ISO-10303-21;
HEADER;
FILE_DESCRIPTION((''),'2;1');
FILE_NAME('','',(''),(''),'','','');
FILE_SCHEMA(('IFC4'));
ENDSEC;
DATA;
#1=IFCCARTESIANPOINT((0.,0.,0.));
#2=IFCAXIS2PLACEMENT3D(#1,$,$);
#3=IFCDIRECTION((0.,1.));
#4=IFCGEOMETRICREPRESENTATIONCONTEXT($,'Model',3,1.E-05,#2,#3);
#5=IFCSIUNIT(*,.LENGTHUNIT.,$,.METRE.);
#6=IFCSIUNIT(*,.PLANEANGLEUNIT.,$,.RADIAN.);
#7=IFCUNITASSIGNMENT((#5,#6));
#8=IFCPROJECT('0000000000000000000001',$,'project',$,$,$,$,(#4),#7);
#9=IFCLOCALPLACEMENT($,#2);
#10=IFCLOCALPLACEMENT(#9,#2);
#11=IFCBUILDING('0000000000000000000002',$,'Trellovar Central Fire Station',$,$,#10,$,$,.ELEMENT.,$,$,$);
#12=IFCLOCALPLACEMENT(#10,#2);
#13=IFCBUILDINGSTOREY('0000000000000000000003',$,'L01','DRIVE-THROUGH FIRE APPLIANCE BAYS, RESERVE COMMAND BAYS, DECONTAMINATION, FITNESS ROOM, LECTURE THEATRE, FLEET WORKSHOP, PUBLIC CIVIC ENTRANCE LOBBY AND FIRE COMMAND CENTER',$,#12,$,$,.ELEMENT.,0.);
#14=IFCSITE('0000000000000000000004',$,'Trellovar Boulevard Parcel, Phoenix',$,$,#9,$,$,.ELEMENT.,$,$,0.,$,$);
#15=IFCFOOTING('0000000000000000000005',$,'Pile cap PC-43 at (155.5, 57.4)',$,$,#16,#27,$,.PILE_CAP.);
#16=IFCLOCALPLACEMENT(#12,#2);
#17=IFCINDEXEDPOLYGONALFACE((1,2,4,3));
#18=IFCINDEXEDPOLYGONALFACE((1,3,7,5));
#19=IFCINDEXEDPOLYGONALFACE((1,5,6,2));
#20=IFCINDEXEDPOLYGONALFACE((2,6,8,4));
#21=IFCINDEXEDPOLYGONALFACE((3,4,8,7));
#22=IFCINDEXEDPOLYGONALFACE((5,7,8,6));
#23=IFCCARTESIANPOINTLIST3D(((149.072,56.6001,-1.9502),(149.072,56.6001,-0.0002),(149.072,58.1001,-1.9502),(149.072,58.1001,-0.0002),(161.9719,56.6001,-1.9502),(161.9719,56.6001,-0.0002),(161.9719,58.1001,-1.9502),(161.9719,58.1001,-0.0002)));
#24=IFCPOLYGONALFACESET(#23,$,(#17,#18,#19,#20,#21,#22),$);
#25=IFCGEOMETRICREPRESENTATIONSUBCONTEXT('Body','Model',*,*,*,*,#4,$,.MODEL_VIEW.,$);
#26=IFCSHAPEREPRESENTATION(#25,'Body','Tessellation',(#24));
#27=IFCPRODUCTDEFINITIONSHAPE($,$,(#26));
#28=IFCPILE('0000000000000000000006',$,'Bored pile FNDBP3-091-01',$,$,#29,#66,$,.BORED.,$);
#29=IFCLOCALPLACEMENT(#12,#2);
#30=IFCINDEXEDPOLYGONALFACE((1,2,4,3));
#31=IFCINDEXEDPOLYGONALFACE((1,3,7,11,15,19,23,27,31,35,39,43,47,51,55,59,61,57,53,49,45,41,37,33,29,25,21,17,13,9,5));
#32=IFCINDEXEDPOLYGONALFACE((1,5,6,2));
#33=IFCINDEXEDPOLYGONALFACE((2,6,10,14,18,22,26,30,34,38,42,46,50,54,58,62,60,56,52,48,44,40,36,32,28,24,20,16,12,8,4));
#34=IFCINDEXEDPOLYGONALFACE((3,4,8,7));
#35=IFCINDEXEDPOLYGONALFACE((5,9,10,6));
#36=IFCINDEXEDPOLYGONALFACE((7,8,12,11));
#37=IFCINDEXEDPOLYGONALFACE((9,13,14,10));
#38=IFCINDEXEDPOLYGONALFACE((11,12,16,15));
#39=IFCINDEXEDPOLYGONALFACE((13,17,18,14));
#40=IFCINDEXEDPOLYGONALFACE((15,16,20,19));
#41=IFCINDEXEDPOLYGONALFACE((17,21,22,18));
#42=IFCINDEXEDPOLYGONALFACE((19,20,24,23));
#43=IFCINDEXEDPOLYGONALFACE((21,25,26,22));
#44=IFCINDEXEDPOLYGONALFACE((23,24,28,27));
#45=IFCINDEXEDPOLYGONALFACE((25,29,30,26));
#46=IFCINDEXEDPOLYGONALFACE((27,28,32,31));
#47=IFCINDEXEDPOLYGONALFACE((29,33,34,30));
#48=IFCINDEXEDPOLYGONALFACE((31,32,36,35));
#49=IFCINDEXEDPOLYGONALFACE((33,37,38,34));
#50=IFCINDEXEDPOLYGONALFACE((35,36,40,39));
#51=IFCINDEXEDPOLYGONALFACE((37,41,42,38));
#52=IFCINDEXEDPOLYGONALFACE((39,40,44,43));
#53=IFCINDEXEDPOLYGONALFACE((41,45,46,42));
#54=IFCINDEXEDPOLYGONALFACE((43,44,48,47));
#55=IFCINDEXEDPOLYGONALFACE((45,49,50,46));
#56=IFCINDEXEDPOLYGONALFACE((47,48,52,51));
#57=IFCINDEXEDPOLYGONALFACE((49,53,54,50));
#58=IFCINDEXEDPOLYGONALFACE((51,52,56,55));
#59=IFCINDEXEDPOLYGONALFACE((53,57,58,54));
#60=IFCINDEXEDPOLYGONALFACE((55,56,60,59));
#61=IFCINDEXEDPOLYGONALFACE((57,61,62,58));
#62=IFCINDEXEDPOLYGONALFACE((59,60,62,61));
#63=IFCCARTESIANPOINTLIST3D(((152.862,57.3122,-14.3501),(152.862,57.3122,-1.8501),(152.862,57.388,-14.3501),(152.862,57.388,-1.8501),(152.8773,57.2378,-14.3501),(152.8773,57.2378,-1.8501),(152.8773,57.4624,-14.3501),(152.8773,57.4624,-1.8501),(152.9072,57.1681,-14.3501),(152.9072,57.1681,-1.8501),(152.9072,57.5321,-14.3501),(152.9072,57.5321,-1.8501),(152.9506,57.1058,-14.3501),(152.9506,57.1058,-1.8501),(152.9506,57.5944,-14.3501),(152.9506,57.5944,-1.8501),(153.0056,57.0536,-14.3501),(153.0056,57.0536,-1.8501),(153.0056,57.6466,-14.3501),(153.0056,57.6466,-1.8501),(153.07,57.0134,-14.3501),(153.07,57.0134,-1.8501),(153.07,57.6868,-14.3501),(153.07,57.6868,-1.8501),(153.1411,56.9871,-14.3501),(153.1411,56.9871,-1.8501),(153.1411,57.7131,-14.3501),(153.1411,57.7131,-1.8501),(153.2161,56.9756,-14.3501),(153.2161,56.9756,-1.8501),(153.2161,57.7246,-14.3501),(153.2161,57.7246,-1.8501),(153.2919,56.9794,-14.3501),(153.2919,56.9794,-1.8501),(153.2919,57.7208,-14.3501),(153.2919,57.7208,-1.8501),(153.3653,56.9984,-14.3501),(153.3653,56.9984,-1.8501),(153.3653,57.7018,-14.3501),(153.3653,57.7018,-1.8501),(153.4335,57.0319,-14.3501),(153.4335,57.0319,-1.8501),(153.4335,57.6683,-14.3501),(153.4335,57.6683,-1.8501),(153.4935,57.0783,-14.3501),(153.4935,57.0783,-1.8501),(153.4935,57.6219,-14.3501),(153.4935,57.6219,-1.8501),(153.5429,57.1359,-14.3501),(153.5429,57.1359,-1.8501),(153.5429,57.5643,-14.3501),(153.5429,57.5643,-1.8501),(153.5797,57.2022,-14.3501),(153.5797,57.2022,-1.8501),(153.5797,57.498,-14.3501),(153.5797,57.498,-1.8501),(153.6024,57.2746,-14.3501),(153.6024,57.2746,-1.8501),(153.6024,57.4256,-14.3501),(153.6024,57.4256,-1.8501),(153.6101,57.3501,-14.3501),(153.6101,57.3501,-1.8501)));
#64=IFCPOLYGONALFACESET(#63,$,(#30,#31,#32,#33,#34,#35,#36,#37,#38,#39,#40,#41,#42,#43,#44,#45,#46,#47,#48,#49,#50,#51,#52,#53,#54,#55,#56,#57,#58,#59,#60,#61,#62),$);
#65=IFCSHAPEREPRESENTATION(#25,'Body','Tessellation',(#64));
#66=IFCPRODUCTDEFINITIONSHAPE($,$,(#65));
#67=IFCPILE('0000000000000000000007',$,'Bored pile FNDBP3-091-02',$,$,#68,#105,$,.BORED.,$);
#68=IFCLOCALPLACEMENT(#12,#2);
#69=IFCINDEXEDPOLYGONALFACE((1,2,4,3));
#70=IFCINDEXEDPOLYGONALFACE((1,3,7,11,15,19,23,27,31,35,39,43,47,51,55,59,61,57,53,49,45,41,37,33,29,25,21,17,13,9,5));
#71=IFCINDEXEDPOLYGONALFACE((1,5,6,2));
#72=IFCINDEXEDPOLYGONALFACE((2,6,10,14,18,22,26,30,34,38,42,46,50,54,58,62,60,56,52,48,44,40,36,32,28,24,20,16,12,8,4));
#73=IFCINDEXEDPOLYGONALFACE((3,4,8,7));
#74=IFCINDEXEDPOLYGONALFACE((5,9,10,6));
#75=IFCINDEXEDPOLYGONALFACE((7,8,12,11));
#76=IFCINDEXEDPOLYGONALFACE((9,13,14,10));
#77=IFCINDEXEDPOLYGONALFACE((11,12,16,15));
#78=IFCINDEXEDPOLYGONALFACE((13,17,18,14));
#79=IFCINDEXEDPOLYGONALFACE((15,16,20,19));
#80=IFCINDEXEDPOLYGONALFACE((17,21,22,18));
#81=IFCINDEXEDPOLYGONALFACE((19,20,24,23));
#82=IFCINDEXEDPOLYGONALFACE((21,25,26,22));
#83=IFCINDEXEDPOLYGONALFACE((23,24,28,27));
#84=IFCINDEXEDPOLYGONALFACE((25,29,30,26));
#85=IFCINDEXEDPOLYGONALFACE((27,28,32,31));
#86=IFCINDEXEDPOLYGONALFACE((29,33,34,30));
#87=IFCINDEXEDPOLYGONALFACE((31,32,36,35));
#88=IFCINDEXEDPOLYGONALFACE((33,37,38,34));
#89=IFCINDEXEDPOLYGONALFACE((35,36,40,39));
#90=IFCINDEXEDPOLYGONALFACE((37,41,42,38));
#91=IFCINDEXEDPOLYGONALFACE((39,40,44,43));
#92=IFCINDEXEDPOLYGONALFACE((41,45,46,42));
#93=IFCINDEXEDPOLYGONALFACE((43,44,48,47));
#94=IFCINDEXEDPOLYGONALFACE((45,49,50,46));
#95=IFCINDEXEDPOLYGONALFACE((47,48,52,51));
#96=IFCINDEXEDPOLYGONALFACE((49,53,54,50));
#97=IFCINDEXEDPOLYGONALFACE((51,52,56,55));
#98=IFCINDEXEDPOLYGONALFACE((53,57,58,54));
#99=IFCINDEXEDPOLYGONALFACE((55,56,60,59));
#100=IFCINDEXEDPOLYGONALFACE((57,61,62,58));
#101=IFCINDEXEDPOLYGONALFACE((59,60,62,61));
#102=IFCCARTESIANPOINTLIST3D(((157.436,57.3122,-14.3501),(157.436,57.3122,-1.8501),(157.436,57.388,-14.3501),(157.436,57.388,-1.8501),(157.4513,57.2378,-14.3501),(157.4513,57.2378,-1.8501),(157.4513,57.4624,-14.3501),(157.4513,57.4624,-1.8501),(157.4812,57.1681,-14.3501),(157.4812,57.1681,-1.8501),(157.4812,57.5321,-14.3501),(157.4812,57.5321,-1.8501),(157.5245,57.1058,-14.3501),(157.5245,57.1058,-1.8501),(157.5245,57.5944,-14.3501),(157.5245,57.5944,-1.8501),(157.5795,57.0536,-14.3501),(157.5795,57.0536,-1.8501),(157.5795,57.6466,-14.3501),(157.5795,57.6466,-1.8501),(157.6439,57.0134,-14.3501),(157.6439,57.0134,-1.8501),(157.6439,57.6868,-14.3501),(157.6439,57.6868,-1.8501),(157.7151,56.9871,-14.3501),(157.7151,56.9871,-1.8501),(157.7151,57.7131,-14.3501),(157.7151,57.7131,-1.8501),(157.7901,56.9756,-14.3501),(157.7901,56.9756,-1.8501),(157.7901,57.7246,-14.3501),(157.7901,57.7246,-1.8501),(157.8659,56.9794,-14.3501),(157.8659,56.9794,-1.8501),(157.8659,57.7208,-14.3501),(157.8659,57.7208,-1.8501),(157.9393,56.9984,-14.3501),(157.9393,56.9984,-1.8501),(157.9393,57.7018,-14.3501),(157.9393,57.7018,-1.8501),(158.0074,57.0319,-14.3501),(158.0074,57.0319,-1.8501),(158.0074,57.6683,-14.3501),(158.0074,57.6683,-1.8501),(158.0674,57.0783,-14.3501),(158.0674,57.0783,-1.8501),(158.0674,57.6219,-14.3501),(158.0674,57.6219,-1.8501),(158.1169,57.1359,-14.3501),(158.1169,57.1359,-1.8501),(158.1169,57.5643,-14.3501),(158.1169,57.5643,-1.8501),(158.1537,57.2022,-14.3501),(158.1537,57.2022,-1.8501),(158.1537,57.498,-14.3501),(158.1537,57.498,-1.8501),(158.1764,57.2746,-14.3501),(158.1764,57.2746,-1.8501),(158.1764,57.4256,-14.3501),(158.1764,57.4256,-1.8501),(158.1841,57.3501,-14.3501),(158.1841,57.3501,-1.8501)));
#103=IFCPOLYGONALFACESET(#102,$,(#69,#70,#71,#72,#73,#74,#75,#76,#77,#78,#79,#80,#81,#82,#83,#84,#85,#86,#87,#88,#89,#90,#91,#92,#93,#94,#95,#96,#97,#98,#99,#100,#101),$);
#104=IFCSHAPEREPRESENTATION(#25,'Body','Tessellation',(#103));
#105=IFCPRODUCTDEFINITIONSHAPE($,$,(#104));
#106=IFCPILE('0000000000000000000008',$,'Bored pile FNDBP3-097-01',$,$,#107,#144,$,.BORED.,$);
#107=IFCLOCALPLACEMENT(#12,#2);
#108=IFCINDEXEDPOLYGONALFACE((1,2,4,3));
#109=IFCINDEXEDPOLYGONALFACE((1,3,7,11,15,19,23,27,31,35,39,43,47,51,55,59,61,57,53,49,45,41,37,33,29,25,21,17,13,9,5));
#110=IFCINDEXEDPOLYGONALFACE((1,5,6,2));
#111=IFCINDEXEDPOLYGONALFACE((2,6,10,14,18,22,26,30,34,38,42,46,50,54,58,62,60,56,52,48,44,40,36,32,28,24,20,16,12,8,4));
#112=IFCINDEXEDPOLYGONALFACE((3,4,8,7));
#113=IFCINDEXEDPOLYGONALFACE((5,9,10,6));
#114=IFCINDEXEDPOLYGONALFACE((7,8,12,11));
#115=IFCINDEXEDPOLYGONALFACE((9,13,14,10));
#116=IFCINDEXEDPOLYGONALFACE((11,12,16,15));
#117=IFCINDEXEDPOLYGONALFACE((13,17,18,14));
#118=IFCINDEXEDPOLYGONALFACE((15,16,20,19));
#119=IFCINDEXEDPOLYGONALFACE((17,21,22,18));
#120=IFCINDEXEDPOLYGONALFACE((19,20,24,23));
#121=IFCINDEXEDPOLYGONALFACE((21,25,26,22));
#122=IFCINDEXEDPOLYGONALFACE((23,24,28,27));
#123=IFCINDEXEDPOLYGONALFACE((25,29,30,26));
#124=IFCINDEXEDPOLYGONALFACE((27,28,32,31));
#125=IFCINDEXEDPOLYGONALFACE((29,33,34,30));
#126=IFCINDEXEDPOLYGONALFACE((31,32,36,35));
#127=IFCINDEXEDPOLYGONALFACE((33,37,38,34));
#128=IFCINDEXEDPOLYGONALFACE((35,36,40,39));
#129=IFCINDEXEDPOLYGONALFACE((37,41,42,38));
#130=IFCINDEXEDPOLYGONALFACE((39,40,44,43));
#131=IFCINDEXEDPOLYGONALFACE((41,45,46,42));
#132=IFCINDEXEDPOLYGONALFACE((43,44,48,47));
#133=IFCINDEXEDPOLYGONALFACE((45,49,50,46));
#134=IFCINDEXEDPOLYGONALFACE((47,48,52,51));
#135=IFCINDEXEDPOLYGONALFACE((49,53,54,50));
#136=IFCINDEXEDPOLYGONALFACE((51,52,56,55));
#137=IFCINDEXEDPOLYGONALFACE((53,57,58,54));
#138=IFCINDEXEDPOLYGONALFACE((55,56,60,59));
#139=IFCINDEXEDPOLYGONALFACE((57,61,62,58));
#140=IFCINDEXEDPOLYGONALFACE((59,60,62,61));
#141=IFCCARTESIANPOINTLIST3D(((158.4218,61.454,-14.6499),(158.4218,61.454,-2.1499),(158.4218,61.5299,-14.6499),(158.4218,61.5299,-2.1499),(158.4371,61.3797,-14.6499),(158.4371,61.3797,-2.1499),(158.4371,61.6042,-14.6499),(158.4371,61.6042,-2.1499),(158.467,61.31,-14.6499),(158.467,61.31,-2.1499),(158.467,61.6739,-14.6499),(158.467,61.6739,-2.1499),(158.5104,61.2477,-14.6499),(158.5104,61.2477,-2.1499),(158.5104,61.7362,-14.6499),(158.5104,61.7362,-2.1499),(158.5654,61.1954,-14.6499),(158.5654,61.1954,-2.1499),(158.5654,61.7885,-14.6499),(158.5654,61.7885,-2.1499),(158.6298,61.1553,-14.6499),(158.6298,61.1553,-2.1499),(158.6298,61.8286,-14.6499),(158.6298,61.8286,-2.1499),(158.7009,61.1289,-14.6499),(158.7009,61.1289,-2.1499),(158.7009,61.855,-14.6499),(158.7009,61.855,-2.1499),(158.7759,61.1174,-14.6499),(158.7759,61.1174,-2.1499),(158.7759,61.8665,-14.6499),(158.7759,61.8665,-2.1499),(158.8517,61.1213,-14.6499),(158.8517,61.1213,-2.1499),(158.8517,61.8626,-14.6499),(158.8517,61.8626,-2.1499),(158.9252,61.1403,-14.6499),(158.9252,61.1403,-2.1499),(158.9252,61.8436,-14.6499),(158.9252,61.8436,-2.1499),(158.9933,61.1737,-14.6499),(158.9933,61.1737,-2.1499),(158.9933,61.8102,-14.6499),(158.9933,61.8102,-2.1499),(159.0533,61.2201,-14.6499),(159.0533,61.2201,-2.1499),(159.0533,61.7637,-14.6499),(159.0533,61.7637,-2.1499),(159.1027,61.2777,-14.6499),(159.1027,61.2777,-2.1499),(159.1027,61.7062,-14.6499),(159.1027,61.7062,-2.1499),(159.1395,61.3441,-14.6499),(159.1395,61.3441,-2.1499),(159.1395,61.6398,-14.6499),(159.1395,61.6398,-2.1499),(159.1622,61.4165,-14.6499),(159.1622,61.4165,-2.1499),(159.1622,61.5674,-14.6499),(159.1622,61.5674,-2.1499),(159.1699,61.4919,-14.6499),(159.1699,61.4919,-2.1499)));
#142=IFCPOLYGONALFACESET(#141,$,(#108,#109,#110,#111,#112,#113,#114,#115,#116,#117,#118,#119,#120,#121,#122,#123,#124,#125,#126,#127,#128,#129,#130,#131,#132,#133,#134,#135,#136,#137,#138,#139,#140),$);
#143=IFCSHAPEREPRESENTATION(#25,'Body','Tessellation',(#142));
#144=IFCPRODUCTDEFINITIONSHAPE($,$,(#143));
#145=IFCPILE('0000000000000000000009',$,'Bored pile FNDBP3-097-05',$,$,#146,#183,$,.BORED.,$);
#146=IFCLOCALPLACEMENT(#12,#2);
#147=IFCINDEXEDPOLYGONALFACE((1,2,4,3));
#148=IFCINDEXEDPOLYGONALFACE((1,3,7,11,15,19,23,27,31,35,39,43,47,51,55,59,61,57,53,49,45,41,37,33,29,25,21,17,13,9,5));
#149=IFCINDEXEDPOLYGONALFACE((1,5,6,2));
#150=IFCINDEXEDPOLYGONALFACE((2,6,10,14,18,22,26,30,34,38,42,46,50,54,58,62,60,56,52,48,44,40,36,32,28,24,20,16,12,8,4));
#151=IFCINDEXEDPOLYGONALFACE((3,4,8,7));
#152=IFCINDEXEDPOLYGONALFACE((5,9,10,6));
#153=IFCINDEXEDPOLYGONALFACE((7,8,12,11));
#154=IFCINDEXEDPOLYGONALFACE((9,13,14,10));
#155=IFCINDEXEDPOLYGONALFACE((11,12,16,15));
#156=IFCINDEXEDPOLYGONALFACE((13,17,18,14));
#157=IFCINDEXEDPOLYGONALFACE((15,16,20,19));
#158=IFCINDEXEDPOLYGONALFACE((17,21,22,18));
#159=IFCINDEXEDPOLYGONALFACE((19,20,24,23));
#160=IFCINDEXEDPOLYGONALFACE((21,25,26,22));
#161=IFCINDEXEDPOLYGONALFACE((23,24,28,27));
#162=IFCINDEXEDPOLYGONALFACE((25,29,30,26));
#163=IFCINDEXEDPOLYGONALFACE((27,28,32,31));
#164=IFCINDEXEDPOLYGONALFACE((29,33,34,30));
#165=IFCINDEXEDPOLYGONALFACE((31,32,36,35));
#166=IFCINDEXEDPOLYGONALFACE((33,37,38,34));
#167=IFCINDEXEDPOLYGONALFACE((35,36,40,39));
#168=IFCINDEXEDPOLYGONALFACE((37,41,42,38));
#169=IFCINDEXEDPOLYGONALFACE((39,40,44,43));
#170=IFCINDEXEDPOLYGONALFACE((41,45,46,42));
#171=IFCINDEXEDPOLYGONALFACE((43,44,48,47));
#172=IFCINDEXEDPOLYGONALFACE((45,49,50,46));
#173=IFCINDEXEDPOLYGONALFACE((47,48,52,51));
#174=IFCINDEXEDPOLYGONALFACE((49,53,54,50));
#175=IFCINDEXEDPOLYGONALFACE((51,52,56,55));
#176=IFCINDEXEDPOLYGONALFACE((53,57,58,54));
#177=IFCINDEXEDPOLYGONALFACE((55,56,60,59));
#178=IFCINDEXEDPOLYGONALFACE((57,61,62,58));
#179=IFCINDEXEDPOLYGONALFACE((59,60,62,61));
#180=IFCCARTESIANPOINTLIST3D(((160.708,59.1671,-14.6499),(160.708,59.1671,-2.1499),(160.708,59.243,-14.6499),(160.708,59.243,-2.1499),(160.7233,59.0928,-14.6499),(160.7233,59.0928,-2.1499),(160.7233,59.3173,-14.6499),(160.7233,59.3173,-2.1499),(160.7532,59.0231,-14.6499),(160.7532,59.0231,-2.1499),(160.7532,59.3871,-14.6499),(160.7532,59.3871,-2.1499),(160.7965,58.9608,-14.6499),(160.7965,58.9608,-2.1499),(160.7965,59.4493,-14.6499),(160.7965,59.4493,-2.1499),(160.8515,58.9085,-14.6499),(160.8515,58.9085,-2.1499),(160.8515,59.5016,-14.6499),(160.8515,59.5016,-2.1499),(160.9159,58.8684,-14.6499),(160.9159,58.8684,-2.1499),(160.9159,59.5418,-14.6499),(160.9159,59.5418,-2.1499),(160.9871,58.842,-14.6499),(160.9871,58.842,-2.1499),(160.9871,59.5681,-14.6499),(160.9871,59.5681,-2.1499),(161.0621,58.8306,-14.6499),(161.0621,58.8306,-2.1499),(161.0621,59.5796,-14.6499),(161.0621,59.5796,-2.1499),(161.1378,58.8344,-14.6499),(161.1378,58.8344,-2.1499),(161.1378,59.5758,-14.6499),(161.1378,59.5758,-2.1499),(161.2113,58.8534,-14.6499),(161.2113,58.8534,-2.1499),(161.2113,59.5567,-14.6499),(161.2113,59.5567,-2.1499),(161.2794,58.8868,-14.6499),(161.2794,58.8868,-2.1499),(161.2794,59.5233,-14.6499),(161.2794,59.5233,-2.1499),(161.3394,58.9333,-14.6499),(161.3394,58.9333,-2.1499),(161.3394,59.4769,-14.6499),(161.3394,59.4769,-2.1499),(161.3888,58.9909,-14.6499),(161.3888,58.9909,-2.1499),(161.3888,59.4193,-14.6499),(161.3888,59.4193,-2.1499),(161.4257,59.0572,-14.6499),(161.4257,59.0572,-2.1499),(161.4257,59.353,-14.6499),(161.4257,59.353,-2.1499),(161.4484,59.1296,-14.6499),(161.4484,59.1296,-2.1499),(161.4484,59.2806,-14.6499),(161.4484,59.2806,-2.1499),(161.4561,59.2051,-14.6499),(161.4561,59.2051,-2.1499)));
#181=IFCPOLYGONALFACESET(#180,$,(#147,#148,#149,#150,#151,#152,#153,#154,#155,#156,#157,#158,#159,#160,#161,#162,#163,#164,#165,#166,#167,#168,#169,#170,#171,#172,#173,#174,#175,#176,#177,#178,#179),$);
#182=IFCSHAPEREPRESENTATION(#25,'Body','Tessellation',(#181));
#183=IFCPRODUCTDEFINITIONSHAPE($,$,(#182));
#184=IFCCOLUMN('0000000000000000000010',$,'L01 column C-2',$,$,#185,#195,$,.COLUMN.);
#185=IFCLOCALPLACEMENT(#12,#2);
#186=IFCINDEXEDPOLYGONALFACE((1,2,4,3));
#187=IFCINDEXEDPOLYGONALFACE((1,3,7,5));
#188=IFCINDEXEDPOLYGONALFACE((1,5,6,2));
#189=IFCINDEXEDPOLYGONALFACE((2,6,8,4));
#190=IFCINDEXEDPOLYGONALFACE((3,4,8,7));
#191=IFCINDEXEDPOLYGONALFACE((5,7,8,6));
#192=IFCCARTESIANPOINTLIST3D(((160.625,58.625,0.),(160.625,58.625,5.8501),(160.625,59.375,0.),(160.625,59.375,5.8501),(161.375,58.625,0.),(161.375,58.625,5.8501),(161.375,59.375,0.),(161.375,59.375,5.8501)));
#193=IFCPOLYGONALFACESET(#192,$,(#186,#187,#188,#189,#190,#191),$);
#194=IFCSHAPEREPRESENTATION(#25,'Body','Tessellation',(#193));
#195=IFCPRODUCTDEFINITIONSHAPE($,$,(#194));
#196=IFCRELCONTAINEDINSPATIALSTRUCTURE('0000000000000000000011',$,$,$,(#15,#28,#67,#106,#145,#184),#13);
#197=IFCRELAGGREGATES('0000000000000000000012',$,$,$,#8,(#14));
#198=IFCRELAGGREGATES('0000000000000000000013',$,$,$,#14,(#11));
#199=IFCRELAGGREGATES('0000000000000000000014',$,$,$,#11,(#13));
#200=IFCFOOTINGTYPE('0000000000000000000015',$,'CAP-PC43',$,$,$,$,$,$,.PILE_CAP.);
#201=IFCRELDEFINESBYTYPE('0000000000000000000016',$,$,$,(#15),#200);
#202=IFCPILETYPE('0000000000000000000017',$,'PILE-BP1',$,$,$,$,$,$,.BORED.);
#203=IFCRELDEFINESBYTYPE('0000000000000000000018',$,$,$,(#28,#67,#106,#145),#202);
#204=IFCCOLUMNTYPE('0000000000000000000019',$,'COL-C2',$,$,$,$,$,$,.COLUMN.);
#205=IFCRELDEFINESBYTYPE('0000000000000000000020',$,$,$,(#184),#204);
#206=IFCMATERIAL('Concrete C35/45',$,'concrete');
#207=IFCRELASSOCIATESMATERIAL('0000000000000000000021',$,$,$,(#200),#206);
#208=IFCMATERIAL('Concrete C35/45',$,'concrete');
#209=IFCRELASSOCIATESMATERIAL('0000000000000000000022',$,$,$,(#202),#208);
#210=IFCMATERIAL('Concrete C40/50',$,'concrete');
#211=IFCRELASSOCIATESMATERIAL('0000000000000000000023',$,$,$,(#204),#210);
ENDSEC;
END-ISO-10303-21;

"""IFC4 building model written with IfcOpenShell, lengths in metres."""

from ifc_helpers import new_model, si_unit, direction, frame, origin, origin_2d, place, context, subcontext, project, spatial, rectangle, circle, extrude, material, material_profile, profile_set, type_object, element, save


model = new_model("IFC4")

# Units and contexts
model_context = context("Model", 3, precision=1e-05, world=origin(), true_north=direction((0.0, 1.0)))
body_context = subcontext(model_context, "Body", "Model", "MODEL_VIEW")
ifc_project = project(units=[si_unit("LENGTHUNIT", "METRE"), si_unit("PLANEANGLEUNIT", "RADIAN")], contexts=[model_context])

# Site, building, storey
site_placement = place(None, origin())
site = spatial("IfcSite", under=ifc_project, at=site_placement, Name="Trellovar Boulevard Parcel, Phoenix", CompositionType="ELEMENT", RefElevation=0.0)
building_placement = place(site_placement, origin())
building = spatial("IfcBuilding", under=site, at=building_placement, Name="Trellovar Central Fire Station", CompositionType="ELEMENT")
storey_placement = place(building_placement, origin())
storey = spatial("IfcBuildingStorey", under=building, at=storey_placement, Name="L01", Description="DRIVE-THROUGH FIRE APPLIANCE BAYS, RESERVE COMMAND BAYS, DECONTAMINATION, FITNESS ROOM, LECTURE THEATRE, FLEET WORKSHOP, PUBLIC CIVIC ENTRANCE LOBBY AND FIRE COMMAND CENTER", CompositionType="ELEMENT", Elevation=0.0)

# Footing
ifc_material_1 = material(Name="Concrete C35/45", Category="concrete")
footing_type = type_object("IfcFootingType", Name="CAP-PC43", PredefinedType="PILE_CAP", material=ifc_material_1)
footing_placement = place(storey_placement, frame((155.522, 57.3501, -1.9502), z_axis=(0.0, 0.0, 1.0), x_axis=(1.0, 0.0, 0.0)))
element("IfcFooting", 1, at=footing_placement, inside=storey, type_object=footing_type, Name="Pile cap PC-43 at (155.5, 57.4)", PredefinedType="PILE_CAP", context=body_context, shape_type="SweptSolid", body=[
    extrude(rectangle(XDim=12.8999, YDim=1.5, at=origin_2d()), origin(), (0.0, 0.0, 1.0), 1.95),
])

# Piles
ifc_material_2 = material(Name="Concrete C35/45", Category="concrete")
ifc_material_profile_1 = material_profile(ifc_material_2, circle(Radius=0.375, at=origin_2d()), Name="PILE750")
ifc_profile_set_1 = profile_set([ifc_material_profile_1], Name="Concrete C35/45")
pile_type = type_object("IfcPileType", Name="PILE-BP1", PredefinedType="BORED", material=ifc_profile_set_1)
for number, where, z_axis, x_axis, name in (
    (2, (153.2351, 57.3501, -1.8501), (0.0, 0.0, -1.0), (1.0, 0.0, 0.0), "Bored pile FNDBP3-091-01"),
    (3, (157.8091, 57.3501, -1.8501), (0.0, 0.0, -1.0), (1.0, 0.0, 0.0), "Bored pile FNDBP3-091-02"),
    (4, (158.7949, 61.4919, -2.1499), (0.0, 0.0, -1.0), (1.0, 0.0, 0.0), "Bored pile FNDBP3-097-01"),
    (5, (161.0811, 59.2051, -2.1499), (0.0, 0.0, -1.0), (1.0, 0.0, 0.0), "Bored pile FNDBP3-097-05"),
):
    element("IfcPile", number, at=place(storey_placement, frame(where, z_axis=z_axis, x_axis=x_axis)), inside=storey, type_object=pile_type, Name=name, PredefinedType="BORED", context=body_context, shape_type="SweptSolid", body=[
        extrude(circle(Radius=0.375, at=origin_2d()), origin(), (0.0, 0.0, 1.0), 12.5),
    ])

# Column
ifc_material_3 = material(Name="Concrete C40/50", Category="concrete")
ifc_material_profile_2 = material_profile(ifc_material_3, rectangle(XDim=0.75, YDim=0.75, at=origin_2d()), Name="RC750X750")
ifc_profile_set_2 = profile_set([ifc_material_profile_2], Name="Concrete C40/50")
column_type_1 = type_object("IfcColumnType", Name="COL-C2", PredefinedType="COLUMN", material=ifc_profile_set_2)
column_1_placement = place(storey_placement, frame((161.0, 59.0, 0.0), z_axis=(0.0, 0.0, 1.0), x_axis=(1.0, 0.0, 0.0)))
element("IfcColumn", 6, at=column_1_placement, inside=storey, type_object=column_type_1, Name="L01 column C-2", PredefinedType="COLUMN", context=body_context, shape_type="SweptSolid", body=[
    extrude(rectangle(XDim=0.75, YDim=0.75, at=origin_2d()), origin(), (0.0, 0.0, 1.0), 5.8501),
])

save(model, "model.ifc")
